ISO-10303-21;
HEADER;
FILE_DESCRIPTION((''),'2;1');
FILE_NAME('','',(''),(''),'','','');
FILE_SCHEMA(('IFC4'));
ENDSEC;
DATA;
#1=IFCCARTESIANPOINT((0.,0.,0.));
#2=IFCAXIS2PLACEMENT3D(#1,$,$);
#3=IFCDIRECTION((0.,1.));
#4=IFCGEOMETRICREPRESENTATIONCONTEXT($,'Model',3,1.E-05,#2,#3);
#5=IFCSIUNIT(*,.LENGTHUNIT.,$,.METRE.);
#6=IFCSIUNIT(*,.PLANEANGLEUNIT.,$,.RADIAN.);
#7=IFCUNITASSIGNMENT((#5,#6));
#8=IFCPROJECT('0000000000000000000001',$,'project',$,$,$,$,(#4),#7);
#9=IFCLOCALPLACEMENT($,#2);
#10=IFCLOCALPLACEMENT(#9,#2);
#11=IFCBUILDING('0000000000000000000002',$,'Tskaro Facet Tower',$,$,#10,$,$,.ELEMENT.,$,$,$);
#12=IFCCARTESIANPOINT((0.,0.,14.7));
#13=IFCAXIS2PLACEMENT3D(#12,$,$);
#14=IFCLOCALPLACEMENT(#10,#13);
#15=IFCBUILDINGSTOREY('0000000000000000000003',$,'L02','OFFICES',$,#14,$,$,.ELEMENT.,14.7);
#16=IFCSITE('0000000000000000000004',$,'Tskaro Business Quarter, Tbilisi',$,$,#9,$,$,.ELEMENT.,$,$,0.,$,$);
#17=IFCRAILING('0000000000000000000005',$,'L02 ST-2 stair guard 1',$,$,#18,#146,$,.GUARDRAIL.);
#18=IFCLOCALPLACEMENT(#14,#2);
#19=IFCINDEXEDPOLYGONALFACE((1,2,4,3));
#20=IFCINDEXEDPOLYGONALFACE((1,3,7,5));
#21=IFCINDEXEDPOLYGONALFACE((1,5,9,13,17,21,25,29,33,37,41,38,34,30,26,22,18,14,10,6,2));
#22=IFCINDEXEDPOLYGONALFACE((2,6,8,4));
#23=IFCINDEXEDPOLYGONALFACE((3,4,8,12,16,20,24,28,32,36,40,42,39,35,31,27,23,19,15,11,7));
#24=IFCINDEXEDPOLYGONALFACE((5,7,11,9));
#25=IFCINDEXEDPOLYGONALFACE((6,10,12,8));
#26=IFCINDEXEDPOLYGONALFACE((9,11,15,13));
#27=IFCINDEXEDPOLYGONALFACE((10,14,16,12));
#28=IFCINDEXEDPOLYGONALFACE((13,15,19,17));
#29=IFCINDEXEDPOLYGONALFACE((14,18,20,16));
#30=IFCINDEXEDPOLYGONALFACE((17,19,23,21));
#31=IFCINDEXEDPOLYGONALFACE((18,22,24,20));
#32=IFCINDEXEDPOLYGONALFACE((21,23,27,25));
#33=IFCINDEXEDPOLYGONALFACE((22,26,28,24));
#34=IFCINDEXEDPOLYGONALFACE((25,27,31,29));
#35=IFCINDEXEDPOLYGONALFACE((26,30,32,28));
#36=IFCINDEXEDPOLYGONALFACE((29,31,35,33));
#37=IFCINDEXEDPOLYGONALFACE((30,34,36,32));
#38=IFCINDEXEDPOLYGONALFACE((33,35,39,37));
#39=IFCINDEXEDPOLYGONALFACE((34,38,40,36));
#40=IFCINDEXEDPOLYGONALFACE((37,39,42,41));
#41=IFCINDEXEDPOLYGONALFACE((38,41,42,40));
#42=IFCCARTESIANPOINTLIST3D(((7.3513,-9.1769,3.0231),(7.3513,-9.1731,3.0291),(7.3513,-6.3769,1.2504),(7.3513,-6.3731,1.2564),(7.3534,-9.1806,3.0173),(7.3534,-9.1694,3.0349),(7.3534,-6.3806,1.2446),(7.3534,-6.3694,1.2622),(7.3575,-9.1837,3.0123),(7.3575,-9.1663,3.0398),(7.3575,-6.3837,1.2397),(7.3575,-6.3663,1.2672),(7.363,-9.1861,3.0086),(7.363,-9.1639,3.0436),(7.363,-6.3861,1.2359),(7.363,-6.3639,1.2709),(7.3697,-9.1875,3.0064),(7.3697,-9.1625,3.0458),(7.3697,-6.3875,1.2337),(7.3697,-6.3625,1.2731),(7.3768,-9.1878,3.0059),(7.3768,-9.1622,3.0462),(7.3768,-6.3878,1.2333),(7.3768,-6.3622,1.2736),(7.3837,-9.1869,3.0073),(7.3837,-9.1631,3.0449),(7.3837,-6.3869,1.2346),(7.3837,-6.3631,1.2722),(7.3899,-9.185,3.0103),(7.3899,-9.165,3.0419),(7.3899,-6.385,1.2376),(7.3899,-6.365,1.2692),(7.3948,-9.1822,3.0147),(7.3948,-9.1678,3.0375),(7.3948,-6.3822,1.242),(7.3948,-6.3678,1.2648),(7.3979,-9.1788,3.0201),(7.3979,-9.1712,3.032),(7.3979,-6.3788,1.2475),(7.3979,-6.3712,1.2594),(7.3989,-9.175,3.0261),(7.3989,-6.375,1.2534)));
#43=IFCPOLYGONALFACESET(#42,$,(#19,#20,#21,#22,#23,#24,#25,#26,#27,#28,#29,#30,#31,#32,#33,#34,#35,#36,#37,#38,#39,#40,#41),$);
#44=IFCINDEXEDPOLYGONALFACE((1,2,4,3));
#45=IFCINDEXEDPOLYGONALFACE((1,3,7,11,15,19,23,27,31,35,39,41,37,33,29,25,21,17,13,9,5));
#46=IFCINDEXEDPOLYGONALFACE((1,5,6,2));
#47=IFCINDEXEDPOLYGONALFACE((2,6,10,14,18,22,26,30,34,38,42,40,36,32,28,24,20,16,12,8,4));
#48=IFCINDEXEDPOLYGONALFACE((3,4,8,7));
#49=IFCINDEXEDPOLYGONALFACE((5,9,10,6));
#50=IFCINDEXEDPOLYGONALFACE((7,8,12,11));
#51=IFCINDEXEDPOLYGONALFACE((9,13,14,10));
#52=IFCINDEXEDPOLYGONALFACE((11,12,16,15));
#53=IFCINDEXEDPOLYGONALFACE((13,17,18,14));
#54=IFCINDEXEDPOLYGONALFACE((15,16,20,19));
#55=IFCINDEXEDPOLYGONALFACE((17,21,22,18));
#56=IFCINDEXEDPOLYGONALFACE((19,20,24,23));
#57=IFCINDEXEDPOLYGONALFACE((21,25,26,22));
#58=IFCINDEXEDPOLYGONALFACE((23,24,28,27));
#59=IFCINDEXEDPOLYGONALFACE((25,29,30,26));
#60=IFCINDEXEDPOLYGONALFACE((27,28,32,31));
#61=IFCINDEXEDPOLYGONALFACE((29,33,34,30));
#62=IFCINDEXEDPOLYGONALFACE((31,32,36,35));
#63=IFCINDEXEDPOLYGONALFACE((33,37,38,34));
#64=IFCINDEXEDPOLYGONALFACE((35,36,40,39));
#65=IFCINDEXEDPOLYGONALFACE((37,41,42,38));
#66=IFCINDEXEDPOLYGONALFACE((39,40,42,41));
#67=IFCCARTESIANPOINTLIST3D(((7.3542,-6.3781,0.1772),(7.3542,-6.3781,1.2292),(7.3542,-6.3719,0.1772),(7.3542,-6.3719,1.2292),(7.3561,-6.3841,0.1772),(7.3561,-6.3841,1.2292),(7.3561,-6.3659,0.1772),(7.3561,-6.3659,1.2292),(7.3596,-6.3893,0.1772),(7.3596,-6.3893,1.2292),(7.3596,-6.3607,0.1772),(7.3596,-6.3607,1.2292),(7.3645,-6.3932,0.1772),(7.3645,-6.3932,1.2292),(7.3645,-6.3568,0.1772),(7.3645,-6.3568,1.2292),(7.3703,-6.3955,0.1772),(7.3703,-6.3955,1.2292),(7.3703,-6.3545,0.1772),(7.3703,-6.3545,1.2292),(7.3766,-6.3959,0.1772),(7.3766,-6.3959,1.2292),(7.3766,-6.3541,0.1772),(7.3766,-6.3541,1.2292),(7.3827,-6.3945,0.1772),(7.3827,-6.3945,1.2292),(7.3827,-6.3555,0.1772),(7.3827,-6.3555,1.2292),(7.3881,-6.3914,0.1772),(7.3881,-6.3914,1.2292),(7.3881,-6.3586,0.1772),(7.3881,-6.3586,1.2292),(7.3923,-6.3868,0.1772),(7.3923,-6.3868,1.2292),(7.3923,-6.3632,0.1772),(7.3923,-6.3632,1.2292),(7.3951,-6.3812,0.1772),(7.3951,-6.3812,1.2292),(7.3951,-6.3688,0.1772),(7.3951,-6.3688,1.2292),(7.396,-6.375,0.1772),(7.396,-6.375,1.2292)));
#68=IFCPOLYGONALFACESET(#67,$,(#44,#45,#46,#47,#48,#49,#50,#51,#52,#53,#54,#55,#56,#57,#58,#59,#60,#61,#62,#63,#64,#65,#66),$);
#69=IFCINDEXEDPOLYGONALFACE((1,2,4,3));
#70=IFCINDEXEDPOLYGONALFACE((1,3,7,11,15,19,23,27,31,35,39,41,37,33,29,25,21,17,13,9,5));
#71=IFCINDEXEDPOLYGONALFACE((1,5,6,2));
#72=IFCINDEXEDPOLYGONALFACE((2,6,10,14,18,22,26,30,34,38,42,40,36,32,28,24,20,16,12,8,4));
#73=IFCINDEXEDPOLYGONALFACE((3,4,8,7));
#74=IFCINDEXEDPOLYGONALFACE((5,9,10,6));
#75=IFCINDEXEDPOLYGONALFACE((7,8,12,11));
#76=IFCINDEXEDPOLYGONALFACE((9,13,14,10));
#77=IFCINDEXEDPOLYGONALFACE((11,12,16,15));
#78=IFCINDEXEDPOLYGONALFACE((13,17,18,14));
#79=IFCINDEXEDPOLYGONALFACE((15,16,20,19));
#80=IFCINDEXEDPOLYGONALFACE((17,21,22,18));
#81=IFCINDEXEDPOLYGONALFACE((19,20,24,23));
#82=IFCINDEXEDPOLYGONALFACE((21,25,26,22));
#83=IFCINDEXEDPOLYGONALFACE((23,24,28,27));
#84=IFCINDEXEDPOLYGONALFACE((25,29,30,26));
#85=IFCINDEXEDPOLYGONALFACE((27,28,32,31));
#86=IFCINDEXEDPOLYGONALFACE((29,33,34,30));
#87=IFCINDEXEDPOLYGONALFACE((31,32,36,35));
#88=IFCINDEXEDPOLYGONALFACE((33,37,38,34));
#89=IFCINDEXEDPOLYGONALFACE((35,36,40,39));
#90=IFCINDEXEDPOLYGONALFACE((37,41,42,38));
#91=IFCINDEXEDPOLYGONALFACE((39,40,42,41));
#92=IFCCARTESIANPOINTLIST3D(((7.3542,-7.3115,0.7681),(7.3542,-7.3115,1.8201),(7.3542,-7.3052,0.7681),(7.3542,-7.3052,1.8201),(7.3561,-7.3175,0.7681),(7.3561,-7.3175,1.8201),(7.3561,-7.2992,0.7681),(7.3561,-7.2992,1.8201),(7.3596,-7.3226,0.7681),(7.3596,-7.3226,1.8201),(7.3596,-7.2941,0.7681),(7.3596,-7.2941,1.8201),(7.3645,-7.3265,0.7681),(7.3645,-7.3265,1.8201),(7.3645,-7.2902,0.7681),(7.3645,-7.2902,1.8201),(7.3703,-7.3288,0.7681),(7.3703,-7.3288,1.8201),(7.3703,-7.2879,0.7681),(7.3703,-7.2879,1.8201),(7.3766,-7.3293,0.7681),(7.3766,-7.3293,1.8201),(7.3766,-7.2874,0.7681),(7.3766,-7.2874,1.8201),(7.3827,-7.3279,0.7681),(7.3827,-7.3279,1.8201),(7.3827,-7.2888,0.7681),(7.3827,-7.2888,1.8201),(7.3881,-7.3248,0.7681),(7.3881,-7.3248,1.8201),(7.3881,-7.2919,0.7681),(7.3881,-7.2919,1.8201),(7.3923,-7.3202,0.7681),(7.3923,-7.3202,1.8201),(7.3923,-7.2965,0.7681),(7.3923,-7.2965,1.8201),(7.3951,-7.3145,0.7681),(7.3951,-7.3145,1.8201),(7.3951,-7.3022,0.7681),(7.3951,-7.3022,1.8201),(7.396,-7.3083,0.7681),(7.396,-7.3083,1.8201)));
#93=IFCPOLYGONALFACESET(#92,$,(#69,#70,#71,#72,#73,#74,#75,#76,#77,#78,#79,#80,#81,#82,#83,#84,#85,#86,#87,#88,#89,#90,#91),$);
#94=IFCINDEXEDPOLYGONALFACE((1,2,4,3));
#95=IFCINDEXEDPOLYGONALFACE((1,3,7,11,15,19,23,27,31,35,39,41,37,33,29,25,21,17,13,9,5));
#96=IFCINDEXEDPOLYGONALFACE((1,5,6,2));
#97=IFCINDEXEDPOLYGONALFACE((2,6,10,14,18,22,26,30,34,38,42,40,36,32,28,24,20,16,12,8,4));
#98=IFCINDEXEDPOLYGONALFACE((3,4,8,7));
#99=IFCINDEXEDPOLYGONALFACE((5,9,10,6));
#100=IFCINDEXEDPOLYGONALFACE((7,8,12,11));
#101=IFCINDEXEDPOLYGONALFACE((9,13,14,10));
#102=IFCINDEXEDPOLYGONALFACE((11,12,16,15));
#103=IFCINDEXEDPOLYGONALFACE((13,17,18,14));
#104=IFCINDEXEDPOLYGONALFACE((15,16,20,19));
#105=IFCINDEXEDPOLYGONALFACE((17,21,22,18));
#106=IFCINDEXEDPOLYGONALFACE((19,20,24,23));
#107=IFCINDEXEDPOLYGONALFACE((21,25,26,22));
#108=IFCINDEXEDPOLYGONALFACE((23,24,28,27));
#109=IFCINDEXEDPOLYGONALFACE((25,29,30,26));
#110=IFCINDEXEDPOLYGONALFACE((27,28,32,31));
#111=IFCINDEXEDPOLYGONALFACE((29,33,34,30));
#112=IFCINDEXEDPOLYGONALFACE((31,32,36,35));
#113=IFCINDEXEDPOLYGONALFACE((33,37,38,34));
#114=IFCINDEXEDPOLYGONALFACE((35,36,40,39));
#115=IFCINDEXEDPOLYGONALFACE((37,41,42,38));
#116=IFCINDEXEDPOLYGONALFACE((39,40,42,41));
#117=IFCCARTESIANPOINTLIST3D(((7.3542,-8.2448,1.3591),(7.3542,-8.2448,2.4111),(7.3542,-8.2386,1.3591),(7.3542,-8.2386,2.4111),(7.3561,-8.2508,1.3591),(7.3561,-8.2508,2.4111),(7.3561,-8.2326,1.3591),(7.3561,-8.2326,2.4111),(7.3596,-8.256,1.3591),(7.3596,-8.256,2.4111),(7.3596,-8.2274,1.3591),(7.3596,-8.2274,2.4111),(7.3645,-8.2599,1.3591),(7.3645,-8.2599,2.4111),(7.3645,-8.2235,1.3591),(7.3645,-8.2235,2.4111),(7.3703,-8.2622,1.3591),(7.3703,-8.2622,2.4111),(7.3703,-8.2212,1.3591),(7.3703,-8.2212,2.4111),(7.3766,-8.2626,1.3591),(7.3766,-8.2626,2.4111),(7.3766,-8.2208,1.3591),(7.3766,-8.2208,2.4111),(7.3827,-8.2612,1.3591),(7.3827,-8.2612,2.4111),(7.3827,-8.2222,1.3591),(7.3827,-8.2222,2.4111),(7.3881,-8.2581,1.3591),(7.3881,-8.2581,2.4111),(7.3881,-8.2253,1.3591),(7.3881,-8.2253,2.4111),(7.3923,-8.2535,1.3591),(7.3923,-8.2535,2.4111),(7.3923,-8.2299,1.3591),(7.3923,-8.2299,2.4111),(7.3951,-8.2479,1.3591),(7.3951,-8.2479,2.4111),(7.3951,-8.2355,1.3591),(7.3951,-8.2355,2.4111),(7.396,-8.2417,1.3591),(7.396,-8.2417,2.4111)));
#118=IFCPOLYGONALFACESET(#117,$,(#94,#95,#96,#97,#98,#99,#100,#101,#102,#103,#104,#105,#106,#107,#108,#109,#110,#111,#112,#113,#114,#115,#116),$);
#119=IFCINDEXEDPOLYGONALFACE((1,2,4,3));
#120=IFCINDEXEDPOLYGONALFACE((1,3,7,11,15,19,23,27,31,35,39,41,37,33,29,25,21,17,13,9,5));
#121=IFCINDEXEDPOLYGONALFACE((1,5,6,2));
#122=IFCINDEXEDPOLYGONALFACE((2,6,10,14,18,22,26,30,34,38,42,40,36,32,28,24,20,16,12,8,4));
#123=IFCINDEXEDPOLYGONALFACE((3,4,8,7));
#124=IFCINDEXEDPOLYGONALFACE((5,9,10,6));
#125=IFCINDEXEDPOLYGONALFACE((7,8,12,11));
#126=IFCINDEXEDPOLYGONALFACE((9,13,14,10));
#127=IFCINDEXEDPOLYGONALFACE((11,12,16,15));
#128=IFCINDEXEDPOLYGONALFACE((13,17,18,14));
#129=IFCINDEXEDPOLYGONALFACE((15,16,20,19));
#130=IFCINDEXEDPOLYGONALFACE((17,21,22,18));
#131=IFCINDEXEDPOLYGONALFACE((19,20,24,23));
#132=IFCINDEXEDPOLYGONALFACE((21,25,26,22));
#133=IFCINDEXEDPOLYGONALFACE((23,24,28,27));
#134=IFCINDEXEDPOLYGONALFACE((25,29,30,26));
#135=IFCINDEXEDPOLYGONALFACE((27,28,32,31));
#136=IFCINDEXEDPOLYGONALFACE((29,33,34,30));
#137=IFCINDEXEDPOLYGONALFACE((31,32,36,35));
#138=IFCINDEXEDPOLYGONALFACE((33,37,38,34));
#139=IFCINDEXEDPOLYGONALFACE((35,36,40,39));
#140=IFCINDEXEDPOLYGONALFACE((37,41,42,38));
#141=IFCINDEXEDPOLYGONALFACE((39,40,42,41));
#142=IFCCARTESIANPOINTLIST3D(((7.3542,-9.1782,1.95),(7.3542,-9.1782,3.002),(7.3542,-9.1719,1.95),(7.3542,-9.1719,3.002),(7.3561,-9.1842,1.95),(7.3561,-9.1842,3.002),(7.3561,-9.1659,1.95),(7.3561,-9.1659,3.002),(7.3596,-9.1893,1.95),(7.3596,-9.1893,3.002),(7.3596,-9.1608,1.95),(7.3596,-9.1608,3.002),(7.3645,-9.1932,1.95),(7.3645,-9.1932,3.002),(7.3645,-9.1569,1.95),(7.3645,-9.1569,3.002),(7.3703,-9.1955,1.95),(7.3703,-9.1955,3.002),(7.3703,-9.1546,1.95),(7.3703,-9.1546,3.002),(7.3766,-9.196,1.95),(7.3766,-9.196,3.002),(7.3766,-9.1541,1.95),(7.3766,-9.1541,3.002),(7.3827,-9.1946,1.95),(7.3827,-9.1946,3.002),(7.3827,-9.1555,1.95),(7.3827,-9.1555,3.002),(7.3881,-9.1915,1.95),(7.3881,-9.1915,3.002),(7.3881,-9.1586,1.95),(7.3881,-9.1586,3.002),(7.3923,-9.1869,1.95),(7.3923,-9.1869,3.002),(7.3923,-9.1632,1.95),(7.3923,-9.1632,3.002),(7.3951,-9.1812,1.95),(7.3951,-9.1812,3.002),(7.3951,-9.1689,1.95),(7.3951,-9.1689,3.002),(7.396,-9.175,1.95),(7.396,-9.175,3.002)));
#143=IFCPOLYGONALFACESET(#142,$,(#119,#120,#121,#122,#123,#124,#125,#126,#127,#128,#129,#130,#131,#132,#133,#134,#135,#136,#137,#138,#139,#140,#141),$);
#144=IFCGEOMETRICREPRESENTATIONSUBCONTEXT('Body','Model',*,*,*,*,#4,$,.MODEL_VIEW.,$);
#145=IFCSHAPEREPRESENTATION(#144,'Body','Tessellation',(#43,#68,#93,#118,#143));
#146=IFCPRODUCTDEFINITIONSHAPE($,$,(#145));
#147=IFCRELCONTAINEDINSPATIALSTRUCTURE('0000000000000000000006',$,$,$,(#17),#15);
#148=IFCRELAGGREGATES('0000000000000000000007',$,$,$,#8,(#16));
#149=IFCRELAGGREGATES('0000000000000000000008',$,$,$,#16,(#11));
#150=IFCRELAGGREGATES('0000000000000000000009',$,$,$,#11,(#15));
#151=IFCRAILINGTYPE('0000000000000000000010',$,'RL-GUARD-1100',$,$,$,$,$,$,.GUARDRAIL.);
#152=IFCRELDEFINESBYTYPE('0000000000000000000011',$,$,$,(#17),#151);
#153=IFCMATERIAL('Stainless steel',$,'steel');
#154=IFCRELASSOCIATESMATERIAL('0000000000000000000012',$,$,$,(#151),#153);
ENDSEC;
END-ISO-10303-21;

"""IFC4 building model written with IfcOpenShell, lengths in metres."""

from ifc_helpers import new_model, si_unit, direction, frame, origin, origin_2d, place, context, subcontext, project, spatial, circle, extrude, material, type_object, element, save


model = new_model("IFC4")

# Units and contexts
model_context = context("Model", 3, precision=1e-05, world=origin(), true_north=direction((0.0, 1.0)))
body_context = subcontext(model_context, "Body", "Model", "MODEL_VIEW")
ifc_project = project(units=[si_unit("LENGTHUNIT", "METRE"), si_unit("PLANEANGLEUNIT", "RADIAN")], contexts=[model_context])

# Site, building, storey
site_placement = place(None, origin())
site = spatial("IfcSite", under=ifc_project, at=site_placement, Name="Tskaro Business Quarter, Tbilisi", CompositionType="ELEMENT", RefElevation=0.0)
building_placement = place(site_placement, origin())
building = spatial("IfcBuilding", under=site, at=building_placement, Name="Tskaro Facet Tower", CompositionType="ELEMENT")
storey_placement = place(building_placement, frame((0.0, 0.0, 14.7)))
storey = spatial("IfcBuildingStorey", under=building, at=storey_placement, Name="L02", Description="OFFICES", CompositionType="ELEMENT", Elevation=14.7)

# Railing
ifc_material_1 = material(Name="Stainless steel", Category="steel")
railing_type_1 = type_object("IfcRailingType", Name="RL-GUARD-1100", PredefinedType="GUARDRAIL", material=ifc_material_1)
railing_1_placement = place(storey_placement, frame((7.375, -6.375, 0.1772)))
element("IfcRailing", 1, at=railing_1_placement, inside=storey, type_object=railing_type_1, Name="L02 ST-2 stair guard 1", PredefinedType="GUARDRAIL", context=body_context, shape_type="SweptSolid", body=[
    extrude(circle(Radius=0.0239, at=origin_2d()), frame((0.0, 0.0, 1.0762), z_axis=(0.0, -0.844909, 0.53491), x_axis=(1.0, 0.0, 0.0)), (0.0, 0.0, 1.0), 3.314),
    extrude(circle(Radius=0.021, at=origin_2d()), origin(), (0.0, 0.0, 1.0), 1.052),
    extrude(circle(Radius=0.021, at=origin_2d()), frame((0.0, -0.9333, 0.5908)), (0.0, 0.0, 1.0), 1.052),
    extrude(circle(Radius=0.021, at=origin_2d()), frame((0.0, -1.8667, 1.1819)), (0.0, 0.0, 1.0), 1.052),
    extrude(circle(Radius=0.021, at=origin_2d()), frame((0.0, -2.8, 1.7727)), (0.0, 0.0, 1.0), 1.052),
])

save(model, "model.ifc")
